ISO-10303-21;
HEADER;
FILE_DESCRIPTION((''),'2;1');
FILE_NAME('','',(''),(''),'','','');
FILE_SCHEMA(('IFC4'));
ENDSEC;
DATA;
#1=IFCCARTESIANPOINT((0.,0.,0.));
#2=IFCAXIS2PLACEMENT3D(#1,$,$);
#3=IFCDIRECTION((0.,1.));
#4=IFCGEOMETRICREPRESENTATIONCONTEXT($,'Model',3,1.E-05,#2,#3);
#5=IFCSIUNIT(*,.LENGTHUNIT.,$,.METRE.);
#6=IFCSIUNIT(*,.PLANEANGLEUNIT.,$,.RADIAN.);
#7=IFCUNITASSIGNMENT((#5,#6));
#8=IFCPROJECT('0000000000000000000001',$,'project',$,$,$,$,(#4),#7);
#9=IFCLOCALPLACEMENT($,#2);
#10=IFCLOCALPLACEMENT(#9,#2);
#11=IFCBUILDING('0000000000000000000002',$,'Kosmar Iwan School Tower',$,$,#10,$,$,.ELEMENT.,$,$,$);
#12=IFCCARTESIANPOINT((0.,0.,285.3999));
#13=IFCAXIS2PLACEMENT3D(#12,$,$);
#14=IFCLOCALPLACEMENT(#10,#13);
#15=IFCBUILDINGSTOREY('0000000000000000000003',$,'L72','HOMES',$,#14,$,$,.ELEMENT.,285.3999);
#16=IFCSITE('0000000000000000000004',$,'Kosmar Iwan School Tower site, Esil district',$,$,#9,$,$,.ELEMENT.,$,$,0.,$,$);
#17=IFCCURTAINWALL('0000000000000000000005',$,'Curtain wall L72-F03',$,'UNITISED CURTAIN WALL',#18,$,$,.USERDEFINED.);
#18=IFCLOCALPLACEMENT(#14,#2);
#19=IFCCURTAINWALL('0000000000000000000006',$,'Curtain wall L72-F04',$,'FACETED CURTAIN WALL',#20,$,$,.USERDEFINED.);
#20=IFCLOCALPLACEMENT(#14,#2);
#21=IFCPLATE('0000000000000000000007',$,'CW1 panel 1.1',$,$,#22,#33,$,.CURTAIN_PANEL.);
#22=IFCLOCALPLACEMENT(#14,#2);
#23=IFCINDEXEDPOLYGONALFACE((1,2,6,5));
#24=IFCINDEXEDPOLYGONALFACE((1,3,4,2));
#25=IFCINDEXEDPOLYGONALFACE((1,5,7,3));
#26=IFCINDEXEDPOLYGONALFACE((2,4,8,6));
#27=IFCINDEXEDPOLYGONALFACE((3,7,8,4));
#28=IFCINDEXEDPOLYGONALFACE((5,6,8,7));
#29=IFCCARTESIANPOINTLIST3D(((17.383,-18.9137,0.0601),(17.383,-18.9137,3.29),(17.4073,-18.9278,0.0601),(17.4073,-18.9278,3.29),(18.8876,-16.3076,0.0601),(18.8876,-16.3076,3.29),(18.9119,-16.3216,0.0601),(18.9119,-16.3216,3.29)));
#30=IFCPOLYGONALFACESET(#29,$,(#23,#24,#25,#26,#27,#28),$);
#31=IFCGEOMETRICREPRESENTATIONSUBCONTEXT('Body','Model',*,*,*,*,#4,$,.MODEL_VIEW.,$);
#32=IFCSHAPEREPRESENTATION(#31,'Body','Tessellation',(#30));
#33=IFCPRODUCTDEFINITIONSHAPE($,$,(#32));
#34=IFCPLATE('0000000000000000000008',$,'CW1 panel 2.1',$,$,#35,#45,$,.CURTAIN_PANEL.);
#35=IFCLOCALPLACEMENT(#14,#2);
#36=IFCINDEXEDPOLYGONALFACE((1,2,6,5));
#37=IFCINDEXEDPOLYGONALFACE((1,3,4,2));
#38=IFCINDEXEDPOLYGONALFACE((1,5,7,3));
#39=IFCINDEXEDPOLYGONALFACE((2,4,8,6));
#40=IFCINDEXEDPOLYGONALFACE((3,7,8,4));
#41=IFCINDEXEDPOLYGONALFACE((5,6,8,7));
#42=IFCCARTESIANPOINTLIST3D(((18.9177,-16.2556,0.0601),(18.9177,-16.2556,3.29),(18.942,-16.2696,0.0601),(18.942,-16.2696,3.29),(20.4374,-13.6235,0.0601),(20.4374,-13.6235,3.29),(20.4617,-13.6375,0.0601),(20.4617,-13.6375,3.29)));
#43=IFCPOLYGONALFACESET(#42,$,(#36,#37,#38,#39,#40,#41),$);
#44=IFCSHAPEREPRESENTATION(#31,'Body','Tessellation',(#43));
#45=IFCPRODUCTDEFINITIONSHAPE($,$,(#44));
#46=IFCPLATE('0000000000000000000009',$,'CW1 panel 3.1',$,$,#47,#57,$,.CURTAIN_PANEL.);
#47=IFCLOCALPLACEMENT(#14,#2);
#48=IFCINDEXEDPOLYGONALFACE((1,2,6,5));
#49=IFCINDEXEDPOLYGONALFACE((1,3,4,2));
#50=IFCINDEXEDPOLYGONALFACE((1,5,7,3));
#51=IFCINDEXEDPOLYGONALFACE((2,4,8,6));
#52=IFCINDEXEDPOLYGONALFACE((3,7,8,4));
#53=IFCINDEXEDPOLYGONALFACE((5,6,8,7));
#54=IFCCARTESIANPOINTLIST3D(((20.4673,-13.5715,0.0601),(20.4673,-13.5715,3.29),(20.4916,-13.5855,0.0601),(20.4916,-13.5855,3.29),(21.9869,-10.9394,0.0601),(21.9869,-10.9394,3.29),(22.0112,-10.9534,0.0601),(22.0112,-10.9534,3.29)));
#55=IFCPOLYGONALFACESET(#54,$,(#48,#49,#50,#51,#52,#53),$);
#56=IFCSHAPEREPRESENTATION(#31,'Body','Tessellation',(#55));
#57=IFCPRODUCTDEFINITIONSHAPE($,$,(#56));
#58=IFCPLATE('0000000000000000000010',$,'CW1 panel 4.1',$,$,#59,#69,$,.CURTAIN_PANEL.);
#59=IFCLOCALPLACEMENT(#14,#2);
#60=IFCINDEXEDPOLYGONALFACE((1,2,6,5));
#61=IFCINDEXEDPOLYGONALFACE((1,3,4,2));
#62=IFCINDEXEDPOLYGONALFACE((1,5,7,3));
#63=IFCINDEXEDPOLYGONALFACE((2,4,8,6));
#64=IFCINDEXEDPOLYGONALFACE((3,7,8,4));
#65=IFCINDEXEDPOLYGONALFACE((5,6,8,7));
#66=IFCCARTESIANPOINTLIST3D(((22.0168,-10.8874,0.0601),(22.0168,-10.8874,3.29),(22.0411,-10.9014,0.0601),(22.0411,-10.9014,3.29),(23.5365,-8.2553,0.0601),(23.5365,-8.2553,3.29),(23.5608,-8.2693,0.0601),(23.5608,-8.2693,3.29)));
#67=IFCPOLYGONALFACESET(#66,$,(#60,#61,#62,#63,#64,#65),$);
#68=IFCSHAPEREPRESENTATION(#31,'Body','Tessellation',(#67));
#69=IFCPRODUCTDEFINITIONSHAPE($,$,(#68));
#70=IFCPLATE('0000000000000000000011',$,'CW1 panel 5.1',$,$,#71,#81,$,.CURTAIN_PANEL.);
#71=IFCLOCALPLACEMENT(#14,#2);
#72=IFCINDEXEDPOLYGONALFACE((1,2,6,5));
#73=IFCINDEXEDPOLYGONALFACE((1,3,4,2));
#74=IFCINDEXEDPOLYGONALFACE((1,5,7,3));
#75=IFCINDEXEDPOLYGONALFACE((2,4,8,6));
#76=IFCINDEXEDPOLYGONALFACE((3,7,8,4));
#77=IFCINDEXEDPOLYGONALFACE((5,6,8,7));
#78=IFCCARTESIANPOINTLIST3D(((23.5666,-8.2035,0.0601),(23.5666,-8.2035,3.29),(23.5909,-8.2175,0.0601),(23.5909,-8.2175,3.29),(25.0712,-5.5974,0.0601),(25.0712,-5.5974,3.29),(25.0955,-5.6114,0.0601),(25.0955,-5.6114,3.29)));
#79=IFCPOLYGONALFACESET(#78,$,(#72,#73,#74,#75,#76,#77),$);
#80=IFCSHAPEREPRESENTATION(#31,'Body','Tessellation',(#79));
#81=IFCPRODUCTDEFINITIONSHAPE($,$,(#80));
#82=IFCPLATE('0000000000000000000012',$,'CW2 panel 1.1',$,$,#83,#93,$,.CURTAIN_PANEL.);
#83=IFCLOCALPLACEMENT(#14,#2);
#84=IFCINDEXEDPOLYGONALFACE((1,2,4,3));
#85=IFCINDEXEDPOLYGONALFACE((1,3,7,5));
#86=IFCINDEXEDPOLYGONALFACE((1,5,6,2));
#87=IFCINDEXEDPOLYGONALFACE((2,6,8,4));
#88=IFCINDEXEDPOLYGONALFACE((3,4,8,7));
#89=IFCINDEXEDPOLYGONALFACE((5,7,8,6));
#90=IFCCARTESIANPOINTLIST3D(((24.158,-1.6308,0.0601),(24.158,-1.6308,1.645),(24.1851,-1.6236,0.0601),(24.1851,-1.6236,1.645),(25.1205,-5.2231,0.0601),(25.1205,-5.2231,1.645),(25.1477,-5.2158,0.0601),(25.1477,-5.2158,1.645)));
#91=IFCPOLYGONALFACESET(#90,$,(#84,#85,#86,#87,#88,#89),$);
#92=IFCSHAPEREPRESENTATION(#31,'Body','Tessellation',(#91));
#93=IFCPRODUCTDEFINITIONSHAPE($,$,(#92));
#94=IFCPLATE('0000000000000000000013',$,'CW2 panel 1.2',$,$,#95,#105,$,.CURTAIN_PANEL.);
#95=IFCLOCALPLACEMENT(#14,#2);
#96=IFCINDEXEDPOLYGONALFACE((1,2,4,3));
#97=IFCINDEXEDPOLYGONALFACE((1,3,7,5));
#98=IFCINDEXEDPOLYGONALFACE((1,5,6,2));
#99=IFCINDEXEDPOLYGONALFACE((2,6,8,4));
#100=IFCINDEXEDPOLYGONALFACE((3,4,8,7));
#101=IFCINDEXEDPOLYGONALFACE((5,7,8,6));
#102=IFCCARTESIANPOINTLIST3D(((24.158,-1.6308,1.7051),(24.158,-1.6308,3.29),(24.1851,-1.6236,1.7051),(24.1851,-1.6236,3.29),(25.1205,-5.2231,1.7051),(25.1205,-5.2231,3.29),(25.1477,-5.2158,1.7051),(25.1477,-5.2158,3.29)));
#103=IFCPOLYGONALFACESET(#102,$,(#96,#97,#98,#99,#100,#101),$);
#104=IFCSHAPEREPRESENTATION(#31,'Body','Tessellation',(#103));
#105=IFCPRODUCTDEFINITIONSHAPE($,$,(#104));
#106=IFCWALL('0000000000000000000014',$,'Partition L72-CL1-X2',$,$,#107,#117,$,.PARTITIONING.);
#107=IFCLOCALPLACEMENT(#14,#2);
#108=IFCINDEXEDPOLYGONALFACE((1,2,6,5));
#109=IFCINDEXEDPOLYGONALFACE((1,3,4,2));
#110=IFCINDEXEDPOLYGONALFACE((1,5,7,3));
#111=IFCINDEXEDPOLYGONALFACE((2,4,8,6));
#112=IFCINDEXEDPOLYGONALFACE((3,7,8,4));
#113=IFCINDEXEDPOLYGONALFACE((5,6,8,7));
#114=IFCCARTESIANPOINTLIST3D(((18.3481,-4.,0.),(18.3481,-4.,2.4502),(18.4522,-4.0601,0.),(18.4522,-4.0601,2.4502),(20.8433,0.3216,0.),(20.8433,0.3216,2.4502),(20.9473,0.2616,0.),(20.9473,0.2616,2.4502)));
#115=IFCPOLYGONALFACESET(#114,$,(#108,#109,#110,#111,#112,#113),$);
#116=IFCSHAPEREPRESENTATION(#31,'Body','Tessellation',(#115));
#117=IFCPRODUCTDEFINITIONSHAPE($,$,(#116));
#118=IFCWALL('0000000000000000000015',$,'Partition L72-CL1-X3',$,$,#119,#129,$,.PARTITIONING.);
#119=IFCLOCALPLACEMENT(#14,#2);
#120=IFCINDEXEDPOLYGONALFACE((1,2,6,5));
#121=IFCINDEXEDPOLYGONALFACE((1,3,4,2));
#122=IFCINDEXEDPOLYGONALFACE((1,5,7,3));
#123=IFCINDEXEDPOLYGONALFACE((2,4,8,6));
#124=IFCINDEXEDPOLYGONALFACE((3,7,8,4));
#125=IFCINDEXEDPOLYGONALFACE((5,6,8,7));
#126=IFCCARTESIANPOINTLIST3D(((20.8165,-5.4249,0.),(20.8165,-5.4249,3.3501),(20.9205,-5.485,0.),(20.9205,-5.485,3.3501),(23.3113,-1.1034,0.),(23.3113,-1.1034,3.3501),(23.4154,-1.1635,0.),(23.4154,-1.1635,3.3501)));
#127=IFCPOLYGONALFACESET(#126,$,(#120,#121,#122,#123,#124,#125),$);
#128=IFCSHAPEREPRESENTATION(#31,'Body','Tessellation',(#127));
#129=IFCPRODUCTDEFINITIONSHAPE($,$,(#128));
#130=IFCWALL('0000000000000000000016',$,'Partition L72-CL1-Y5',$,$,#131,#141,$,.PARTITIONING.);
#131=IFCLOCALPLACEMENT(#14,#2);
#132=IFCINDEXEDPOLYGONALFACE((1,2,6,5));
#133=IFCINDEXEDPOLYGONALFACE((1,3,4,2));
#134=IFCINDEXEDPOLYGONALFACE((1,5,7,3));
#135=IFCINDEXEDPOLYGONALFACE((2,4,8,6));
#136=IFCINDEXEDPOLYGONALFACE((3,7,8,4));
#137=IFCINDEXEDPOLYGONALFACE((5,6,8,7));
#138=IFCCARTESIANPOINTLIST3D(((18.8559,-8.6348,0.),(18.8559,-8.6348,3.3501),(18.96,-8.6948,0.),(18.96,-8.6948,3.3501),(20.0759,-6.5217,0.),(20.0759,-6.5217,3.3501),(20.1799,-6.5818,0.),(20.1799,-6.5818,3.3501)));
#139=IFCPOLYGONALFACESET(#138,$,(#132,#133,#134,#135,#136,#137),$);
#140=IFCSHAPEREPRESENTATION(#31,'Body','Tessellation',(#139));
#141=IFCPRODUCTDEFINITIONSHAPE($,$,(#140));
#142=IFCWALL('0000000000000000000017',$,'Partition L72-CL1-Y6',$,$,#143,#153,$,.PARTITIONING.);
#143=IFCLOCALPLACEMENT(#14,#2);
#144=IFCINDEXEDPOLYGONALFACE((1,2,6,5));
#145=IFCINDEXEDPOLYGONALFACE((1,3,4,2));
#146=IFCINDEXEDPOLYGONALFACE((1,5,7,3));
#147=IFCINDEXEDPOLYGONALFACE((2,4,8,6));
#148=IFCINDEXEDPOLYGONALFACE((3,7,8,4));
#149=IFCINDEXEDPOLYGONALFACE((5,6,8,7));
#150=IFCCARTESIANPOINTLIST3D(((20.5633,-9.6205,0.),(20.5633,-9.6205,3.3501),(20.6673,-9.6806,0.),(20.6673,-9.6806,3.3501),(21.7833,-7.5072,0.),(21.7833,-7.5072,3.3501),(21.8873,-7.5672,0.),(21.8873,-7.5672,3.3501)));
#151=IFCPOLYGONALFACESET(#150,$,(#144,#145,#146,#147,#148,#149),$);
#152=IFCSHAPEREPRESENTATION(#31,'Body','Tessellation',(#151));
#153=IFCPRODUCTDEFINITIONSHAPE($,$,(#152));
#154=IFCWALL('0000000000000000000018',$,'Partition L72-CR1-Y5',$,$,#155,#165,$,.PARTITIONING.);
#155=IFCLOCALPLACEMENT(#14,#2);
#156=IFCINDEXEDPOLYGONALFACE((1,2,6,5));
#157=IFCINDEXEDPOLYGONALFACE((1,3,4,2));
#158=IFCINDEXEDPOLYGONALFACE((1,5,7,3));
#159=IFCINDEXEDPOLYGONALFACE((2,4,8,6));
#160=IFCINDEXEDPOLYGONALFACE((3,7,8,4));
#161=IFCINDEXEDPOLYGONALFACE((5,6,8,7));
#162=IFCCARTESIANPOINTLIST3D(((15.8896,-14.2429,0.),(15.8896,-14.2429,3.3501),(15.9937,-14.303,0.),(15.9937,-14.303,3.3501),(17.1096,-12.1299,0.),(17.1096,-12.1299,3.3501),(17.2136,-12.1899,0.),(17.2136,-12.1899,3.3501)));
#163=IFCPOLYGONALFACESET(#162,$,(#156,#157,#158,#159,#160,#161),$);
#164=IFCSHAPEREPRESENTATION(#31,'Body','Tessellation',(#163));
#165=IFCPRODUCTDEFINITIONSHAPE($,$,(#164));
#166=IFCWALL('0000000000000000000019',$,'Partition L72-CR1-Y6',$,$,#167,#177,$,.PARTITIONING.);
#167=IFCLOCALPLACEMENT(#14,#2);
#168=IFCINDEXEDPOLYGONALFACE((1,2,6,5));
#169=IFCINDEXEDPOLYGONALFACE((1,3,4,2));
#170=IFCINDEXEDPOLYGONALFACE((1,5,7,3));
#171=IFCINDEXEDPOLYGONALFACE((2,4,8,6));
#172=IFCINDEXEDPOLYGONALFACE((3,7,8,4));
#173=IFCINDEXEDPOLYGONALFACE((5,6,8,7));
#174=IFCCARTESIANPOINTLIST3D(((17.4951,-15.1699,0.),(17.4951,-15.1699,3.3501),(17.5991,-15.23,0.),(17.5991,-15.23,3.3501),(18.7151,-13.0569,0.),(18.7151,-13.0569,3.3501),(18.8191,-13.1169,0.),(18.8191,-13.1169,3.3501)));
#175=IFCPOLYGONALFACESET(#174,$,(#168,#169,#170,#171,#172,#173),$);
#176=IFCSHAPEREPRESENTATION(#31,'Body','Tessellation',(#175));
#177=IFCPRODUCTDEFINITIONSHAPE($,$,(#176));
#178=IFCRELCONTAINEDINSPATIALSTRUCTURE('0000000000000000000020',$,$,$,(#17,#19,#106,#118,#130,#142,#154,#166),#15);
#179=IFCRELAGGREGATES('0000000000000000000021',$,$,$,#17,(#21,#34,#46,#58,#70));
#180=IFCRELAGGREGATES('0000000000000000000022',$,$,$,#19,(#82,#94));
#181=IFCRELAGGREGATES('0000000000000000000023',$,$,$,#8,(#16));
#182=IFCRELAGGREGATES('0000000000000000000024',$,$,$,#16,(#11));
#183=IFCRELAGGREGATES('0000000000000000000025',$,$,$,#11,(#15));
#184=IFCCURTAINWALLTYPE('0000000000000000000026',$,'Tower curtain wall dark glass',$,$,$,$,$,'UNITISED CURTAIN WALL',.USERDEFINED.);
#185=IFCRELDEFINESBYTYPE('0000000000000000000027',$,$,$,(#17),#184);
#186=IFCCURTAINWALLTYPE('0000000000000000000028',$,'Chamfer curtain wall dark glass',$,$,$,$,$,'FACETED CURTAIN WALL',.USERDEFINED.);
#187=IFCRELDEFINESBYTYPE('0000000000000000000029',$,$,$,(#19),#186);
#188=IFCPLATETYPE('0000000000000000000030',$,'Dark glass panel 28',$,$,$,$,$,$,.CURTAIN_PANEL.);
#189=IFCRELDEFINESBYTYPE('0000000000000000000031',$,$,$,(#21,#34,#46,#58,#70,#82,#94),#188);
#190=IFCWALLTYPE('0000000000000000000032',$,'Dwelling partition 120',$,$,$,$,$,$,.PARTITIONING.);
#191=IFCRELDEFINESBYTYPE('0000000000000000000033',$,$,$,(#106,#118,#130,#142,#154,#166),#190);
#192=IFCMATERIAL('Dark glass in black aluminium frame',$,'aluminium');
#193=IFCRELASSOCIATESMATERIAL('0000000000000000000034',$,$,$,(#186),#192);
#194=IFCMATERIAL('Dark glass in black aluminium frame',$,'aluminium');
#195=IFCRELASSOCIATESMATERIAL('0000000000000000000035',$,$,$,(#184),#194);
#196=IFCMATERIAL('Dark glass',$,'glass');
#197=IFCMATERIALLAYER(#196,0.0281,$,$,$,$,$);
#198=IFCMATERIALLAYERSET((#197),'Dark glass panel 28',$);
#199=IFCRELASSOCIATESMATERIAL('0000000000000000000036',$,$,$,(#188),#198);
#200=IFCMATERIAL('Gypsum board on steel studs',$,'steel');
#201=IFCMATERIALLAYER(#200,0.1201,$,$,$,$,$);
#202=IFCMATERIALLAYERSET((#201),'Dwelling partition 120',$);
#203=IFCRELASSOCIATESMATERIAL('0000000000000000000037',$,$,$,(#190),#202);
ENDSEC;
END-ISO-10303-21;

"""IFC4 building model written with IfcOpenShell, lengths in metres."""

from ifc_helpers import new_model, si_unit, direction, frame, frame_2d, origin, origin_2d, place, context, subcontext, project, spatial, rectangle, extrude, material, layer, layer_set, type_object, element, aggregate, save


model = new_model("IFC4")

# Units and contexts
model_context = context("Model", 3, precision=1e-05, world=origin(), true_north=direction((0.0, 1.0)))
body_context = subcontext(model_context, "Body", "Model", "MODEL_VIEW")
ifc_project = project(units=[si_unit("LENGTHUNIT", "METRE"), si_unit("PLANEANGLEUNIT", "RADIAN")], contexts=[model_context])

# Site, building, storey
site_placement = place(None, origin())
site = spatial("IfcSite", under=ifc_project, at=site_placement, Name="Kosmar Iwan School Tower site, Esil district", CompositionType="ELEMENT", RefElevation=0.0)
building_placement = place(site_placement, origin())
building = spatial("IfcBuilding", under=site, at=building_placement, Name="Kosmar Iwan School Tower", CompositionType="ELEMENT")
storey_placement = place(building_placement, frame((0.0, 0.0, 285.3999)))
storey = spatial("IfcBuildingStorey", under=building, at=storey_placement, Name="L72", Description="HOMES", CompositionType="ELEMENT", Elevation=285.3999)

# Shared definitions
ifc_material_1 = material(Name="Dark glass in black aluminium frame", Category="aluminium")
curtain_wall_type_1 = type_object("IfcCurtainWallType", Name="Chamfer curtain wall dark glass", ElementType="FACETED CURTAIN WALL", PredefinedType="USERDEFINED", material=ifc_material_1)

# Curtain wall
ifc_material_2 = material(Name="Dark glass in black aluminium frame", Category="aluminium")
curtain_wall_type_2 = type_object("IfcCurtainWallType", Name="Tower curtain wall dark glass", ElementType="UNITISED CURTAIN WALL", PredefinedType="USERDEFINED", material=ifc_material_2)
curtain_wall_1_placement = place(storey_placement, origin())
curtain_wall_1 = element("IfcCurtainWall", 1, at=curtain_wall_1_placement, inside=storey, type_object=curtain_wall_type_2, Name="Curtain wall L72-F03", ObjectType="UNITISED CURTAIN WALL", PredefinedType="USERDEFINED")

# Curtain wall
curtain_wall_2_placement = place(storey_placement, origin())
curtain_wall_2 = element("IfcCurtainWall", 2, at=curtain_wall_2_placement, inside=storey, type_object=curtain_wall_type_1, Name="Curtain wall L72-F04", ObjectType="FACETED CURTAIN WALL", PredefinedType="USERDEFINED")

# Plates
ifc_material_3 = material(Name="Dark glass", Category="glass")
ifc_layer_1 = layer(ifc_material_3, 0.0281)
ifc_layer_set_1 = layer_set([ifc_layer_1], Name="Dark glass panel 28")
plate_type = type_object("IfcPlateType", Name="Dark glass panel 28", PredefinedType="CURTAIN_PANEL", material=ifc_layer_set_1)
plate_1_placement = place(storey_placement, frame((18.1475, -17.6177, 0.0601), z_axis=(0.0, 0.0, 1.0), x_axis=(0.5, 0.866025, 0.0)))
plate_1 = element("IfcPlate", 3, at=plate_1_placement, type_object=plate_type, Name="CW1 panel 1.1", PredefinedType="CURTAIN_PANEL", context=body_context, shape_type="SweptSolid", body=[
    extrude(rectangle(XDim=3.0093, YDim=0.0281, at=origin_2d()), origin(), (0.0, 0.0, 1.0), 3.23),
])
plate_2_placement = place(storey_placement, frame((19.6897, -14.9465, 0.0601), z_axis=(0.0, 0.0, 1.0), x_axis=(0.5, 0.866025, 0.0)))
plate_2 = element("IfcPlate", 4, at=plate_2_placement, type_object=plate_type, Name="CW1 panel 2.1", PredefinedType="CURTAIN_PANEL", context=body_context, shape_type="SweptSolid", body=[
    extrude(rectangle(XDim=3.0393, YDim=0.0281, at=origin_2d()), origin(), (0.0, 0.0, 1.0), 3.23),
])
plate_3_placement = place(storey_placement, frame((21.2393, -12.2625, 0.0601), z_axis=(0.0, 0.0, 1.0), x_axis=(0.5, 0.866025, 0.0)))
plate_3 = element("IfcPlate", 5, at=plate_3_placement, type_object=plate_type, Name="CW1 panel 3.1", PredefinedType="CURTAIN_PANEL", context=body_context, shape_type="SweptSolid", body=[
    extrude(rectangle(XDim=3.0393, YDim=0.0281, at=origin_2d()), origin(), (0.0, 0.0, 1.0), 3.23),
])
plate_4_placement = place(storey_placement, frame((22.7888, -9.5784, 0.0601), z_axis=(0.0, 0.0, 1.0), x_axis=(0.5, 0.866025, 0.0)))
plate_4 = element("IfcPlate", 6, at=plate_4_placement, type_object=plate_type, Name="CW1 panel 4.1", PredefinedType="CURTAIN_PANEL", context=body_context, shape_type="SweptSolid", body=[
    extrude(rectangle(XDim=3.0393, YDim=0.0281, at=origin_2d()), origin(), (0.0, 0.0, 1.0), 3.23),
])
plate_5_placement = place(storey_placement, frame((24.3311, -6.9075, 0.0601), z_axis=(0.0, 0.0, 1.0), x_axis=(0.5, 0.866025, 0.0)))
plate_5 = element("IfcPlate", 7, at=plate_5_placement, type_object=plate_type, Name="CW1 panel 5.1", PredefinedType="CURTAIN_PANEL", context=body_context, shape_type="SweptSolid", body=[
    extrude(rectangle(XDim=3.0093, YDim=0.0281, at=origin_2d()), origin(), (0.0, 0.0, 1.0), 3.23),
])
aggregate(curtain_wall_1, [plate_1, plate_2, plate_3, plate_4, plate_5])
plate_6_placement = place(storey_placement, frame((24.6528, -3.4233, 0.0601), z_axis=(0.0, 0.0, 1.0), x_axis=(-0.258819, 0.965926, 0.0)))
plate_6 = element("IfcPlate", 8, at=plate_6_placement, type_object=plate_type, Name="CW2 panel 1.1", PredefinedType="CURTAIN_PANEL", context=body_context, shape_type="SweptSolid", body=[
    extrude(rectangle(XDim=3.719, YDim=0.0281, at=origin_2d()), origin(), (0.0, 0.0, 1.0), 1.585),
])
plate_7_placement = place(storey_placement, frame((24.6528, -3.4233, 1.7051), z_axis=(0.0, 0.0, 1.0), x_axis=(-0.258819, 0.965926, 0.0)))
plate_7 = element("IfcPlate", 9, at=plate_7_placement, type_object=plate_type, Name="CW2 panel 1.2", PredefinedType="CURTAIN_PANEL", context=body_context, shape_type="SweptSolid", body=[
    extrude(rectangle(XDim=3.719, YDim=0.0281, at=origin_2d()), origin(), (0.0, 0.0, 1.0), 1.585),
])
aggregate(curtain_wall_2, [plate_6, plate_7])

# Walls
ifc_material_4 = material(Name="Gypsum board on steel studs", Category="steel")
ifc_layer_2 = layer(ifc_material_4, 0.1201)
ifc_layer_set_2 = layer_set([ifc_layer_2], Name="Dwelling partition 120")
wall_type = type_object("IfcWallType", Name="Dwelling partition 120", PredefinedType="PARTITIONING", material=ifc_layer_set_2)
wall_1_placement = place(storey_placement, frame((18.4001, -4.03, 0.0), z_axis=(0.0, 0.0, 1.0), x_axis=(0.500012, 0.866019, 0.0)))
element("IfcWall", 10, at=wall_1_placement, inside=storey, type_object=wall_type, Name="Partition L72-CL1-X2", PredefinedType="PARTITIONING", context=body_context, shape_type="SweptSolid", body=[
    extrude(rectangle(XDim=4.9902, YDim=0.1201, at=frame_2d((2.4951, 0.0))), origin(), (0.0, 0.0, 1.0), 2.4502),
])
wall_2_placement = place(storey_placement, frame((20.8684, -5.4551, 0.0), z_axis=(0.0, 0.0, 1.0), x_axis=(0.499975, 0.86604, 0.0)))
element("IfcWall", 11, at=wall_2_placement, inside=storey, type_object=wall_type, Name="Partition L72-CL1-X3", PredefinedType="PARTITIONING", context=body_context, shape_type="SweptSolid", body=[
    extrude(rectangle(XDim=4.99, YDim=0.1201, at=frame_2d((2.4951, 0.0))), origin(), (0.0, 0.0, 1.0), 3.3501),
])
wall_3_placement = place(storey_placement, frame((18.908, -8.6648, 0.0), z_axis=(0.0, 0.0, 1.0), x_axis=(0.500003, 0.866024, 0.0)))
element("IfcWall", 12, at=wall_3_placement, inside=storey, type_object=wall_type, Name="Partition L72-CL1-Y5", PredefinedType="PARTITIONING", context=body_context, shape_type="SweptSolid", body=[
    extrude(rectangle(XDim=2.4399, YDim=0.1201, at=frame_2d((1.22, 0.0))), origin(), (0.0, 0.0, 1.0), 3.3501),
])
wall_4_placement = place(storey_placement, frame((20.6152, -9.6506, 0.0), z_axis=(0.0, 0.0, 1.0), x_axis=(0.499959, 0.866049, 0.0)))
element("IfcWall", 13, at=wall_4_placement, inside=storey, type_object=wall_type, Name="Partition L72-CL1-Y6", PredefinedType="PARTITIONING", context=body_context, shape_type="SweptSolid", body=[
    extrude(rectangle(XDim=2.4402, YDim=0.1201, at=frame_2d((1.2202, 0.0))), origin(), (0.0, 0.0, 1.0), 3.3501),
])
for number, where, z_axis, x_axis, name in (
    (14, (17.1616, -12.1599, 0.0), (0.0, 0.0, 1.0), (-0.500003, -0.866024, 0.0), "Partition L72-CR1-Y5"),
    (15, (18.7671, -13.0869, 0.0), (0.0, 0.0, 1.0), (-0.500003, -0.866024, 0.0), "Partition L72-CR1-Y6"),
):
    element("IfcWall", number, at=place(storey_placement, frame(where, z_axis=z_axis, x_axis=x_axis)), inside=storey, type_object=wall_type, Name=name, PredefinedType="PARTITIONING", context=body_context, shape_type="SweptSolid", body=[
        extrude(rectangle(XDim=2.4399, YDim=0.1201, at=frame_2d((1.22, 0.0))), origin(), (0.0, 0.0, 1.0), 3.3501),
    ])

save(model, "model.ifc")
